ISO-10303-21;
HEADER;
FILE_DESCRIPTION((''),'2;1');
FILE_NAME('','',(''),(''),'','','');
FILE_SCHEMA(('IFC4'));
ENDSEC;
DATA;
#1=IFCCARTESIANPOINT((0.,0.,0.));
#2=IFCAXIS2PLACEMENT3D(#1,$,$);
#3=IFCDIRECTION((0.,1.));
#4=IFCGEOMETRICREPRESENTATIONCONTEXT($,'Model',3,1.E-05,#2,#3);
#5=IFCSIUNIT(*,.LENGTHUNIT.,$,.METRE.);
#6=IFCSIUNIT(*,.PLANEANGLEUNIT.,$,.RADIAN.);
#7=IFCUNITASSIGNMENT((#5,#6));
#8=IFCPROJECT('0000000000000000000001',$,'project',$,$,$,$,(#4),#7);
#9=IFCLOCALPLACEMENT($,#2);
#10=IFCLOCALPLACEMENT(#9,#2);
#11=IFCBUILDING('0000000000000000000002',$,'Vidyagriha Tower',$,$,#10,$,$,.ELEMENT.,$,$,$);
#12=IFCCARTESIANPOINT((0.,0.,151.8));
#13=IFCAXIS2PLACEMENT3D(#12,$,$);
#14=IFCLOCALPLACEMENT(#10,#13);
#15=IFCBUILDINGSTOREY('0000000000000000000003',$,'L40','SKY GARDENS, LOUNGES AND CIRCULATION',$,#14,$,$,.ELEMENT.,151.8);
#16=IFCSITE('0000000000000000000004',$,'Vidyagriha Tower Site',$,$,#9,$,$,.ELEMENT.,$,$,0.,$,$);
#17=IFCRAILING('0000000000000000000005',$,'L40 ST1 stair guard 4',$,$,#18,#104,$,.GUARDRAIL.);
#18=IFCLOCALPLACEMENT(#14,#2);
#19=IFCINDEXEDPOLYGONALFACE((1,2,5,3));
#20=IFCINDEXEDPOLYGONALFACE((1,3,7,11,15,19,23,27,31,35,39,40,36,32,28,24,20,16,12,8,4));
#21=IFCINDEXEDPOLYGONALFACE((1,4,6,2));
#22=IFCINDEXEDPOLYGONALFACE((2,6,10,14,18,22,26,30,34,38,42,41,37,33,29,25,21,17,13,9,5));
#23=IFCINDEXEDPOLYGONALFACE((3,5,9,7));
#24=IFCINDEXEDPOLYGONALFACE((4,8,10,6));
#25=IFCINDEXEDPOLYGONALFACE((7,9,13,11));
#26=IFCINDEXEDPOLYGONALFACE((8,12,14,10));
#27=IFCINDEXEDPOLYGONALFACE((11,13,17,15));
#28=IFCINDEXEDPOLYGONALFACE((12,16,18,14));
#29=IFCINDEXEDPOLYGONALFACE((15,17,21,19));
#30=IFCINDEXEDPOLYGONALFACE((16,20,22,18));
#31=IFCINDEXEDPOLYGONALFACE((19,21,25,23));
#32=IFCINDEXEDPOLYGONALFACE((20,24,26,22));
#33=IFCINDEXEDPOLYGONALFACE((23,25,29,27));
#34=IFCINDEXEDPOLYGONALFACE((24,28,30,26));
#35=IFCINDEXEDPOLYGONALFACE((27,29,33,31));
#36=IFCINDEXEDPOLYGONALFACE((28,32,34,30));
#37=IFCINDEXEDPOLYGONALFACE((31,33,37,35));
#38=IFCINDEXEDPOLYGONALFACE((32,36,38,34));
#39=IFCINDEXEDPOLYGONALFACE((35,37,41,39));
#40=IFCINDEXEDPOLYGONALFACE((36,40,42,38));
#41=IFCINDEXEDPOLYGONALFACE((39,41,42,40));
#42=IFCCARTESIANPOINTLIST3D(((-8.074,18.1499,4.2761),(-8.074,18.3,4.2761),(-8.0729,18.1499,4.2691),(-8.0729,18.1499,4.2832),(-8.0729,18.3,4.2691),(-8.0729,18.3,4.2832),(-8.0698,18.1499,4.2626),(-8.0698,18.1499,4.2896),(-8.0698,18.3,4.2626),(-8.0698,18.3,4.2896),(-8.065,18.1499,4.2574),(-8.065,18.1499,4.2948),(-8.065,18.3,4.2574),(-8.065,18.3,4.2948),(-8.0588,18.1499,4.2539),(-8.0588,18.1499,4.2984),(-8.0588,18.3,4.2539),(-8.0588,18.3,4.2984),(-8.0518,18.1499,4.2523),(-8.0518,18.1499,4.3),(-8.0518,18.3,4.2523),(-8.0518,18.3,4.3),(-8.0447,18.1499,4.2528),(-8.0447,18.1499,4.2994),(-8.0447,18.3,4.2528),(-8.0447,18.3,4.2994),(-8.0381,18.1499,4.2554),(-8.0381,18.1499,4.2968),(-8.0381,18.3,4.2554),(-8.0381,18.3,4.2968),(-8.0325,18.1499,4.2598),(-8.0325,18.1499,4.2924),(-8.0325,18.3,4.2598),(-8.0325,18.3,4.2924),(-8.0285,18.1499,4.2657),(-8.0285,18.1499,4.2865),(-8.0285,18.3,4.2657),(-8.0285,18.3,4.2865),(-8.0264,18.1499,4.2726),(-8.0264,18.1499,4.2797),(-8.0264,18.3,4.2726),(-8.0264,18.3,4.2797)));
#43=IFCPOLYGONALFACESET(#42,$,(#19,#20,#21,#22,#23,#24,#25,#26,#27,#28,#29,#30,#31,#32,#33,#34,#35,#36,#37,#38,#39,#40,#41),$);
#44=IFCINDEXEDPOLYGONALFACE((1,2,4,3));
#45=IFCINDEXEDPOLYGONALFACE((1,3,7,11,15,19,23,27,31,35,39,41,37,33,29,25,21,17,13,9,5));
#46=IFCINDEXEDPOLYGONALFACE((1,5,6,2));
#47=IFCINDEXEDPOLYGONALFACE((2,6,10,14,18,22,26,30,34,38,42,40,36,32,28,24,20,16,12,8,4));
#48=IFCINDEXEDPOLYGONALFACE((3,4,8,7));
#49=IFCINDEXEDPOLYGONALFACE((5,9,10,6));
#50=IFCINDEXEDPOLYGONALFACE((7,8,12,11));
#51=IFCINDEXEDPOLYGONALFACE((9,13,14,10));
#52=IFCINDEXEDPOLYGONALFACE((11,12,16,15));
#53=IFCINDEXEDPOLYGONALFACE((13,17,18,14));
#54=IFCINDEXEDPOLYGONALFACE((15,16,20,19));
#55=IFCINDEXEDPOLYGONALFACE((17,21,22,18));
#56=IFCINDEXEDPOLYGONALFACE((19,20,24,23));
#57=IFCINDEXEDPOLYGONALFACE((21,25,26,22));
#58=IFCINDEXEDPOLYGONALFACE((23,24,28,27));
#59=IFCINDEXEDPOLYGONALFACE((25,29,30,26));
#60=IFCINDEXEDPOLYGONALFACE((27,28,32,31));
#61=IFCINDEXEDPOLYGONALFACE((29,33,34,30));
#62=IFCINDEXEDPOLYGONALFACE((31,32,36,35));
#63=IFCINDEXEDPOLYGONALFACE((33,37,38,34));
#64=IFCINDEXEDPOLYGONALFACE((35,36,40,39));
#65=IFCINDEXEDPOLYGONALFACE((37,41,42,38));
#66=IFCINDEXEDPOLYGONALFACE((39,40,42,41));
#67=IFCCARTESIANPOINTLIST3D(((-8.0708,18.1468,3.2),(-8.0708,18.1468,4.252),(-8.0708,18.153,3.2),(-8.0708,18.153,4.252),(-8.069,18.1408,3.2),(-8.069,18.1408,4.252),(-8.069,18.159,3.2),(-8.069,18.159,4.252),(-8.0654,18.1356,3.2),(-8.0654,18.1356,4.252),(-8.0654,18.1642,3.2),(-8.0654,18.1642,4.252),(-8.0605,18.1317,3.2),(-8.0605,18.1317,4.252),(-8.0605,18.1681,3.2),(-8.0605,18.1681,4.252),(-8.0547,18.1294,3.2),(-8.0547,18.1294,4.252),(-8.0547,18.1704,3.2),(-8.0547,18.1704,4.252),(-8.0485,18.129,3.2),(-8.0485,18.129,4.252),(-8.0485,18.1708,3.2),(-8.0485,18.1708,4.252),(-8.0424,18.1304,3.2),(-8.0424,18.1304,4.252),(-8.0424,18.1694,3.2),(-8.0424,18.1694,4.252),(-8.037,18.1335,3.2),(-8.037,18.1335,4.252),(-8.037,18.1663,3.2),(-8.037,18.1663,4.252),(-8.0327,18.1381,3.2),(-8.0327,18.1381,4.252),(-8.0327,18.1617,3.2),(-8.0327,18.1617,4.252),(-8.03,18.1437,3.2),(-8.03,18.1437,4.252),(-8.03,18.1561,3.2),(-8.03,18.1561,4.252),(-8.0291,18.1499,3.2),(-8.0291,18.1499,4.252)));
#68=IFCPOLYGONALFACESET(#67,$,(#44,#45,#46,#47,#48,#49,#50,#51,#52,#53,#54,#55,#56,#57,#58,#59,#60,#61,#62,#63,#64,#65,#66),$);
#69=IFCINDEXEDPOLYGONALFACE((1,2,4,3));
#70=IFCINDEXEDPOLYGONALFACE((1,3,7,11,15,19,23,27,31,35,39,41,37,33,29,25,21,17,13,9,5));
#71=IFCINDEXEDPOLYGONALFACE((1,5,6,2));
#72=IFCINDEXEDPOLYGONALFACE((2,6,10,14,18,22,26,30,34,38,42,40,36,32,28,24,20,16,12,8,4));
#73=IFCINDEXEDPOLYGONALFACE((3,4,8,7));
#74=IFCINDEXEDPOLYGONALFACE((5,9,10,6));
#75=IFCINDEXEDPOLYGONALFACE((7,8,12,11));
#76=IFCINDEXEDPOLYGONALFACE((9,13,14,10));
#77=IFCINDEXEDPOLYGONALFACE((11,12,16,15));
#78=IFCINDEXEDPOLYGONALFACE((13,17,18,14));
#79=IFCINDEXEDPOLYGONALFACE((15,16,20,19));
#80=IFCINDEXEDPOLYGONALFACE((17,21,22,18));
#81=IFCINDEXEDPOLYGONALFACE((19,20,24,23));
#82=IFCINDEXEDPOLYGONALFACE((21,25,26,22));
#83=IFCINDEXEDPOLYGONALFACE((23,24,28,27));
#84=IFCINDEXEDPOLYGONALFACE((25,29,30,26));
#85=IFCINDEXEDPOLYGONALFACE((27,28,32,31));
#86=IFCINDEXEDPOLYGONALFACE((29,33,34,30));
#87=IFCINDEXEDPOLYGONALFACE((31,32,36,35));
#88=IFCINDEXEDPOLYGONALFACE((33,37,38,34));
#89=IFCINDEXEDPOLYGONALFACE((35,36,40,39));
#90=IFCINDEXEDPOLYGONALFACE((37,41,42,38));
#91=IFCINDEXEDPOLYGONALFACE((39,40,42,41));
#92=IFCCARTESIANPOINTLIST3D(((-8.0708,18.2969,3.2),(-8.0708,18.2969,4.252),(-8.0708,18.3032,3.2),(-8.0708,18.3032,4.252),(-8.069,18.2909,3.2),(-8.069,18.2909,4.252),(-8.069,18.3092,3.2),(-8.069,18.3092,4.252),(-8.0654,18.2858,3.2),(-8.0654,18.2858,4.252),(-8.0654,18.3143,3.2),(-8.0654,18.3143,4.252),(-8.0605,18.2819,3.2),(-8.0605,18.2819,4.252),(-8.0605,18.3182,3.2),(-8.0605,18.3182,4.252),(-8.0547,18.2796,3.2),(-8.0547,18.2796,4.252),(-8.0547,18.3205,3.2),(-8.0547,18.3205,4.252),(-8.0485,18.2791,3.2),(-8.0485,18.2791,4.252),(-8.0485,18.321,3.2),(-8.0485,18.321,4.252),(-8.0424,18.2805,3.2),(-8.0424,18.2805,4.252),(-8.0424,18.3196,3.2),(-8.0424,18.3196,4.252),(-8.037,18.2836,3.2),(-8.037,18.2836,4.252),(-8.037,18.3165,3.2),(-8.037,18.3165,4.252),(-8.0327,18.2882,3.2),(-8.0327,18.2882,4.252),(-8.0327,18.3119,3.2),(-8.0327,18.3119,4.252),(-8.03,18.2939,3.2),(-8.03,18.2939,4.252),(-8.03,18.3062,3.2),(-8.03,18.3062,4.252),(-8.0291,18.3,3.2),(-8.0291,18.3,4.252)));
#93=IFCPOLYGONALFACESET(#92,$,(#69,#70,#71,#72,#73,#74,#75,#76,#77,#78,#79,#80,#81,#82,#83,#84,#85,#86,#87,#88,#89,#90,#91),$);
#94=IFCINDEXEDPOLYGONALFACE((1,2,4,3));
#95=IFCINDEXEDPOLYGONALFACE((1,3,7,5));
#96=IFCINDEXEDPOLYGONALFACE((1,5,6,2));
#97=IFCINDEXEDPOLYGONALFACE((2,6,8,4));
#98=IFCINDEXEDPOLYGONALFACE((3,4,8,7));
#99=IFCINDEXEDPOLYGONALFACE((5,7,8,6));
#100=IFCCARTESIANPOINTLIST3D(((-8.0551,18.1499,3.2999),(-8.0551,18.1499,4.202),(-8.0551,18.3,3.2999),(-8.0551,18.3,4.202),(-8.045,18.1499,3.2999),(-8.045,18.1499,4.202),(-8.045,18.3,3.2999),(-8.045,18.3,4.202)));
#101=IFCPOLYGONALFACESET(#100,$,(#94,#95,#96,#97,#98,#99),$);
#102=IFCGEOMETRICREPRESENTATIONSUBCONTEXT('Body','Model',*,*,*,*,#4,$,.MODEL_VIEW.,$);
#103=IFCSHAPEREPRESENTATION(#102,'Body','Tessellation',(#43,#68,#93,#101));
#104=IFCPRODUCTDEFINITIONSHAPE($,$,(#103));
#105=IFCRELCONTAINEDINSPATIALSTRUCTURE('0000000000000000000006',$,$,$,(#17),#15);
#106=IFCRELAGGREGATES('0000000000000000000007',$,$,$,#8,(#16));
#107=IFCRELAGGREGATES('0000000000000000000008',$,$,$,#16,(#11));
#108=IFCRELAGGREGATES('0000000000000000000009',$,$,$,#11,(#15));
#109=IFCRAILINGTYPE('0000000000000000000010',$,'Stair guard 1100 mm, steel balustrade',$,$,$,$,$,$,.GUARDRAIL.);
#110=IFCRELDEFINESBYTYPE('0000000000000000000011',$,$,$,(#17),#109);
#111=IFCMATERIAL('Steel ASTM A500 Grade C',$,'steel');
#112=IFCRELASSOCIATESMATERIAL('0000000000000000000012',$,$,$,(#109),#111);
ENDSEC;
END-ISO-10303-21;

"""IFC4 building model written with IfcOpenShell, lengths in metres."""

from ifc_helpers import new_model, si_unit, direction, frame, origin, origin_2d, place, context, subcontext, project, spatial, rectangle, circle, extrude, material, type_object, element, save


model = new_model("IFC4")

# Units and contexts
model_context = context("Model", 3, precision=1e-05, world=origin(), true_north=direction((0.0, 1.0)))
body_context = subcontext(model_context, "Body", "Model", "MODEL_VIEW")
ifc_project = project(units=[si_unit("LENGTHUNIT", "METRE"), si_unit("PLANEANGLEUNIT", "RADIAN")], contexts=[model_context])

# Site, building, storey
site_placement = place(None, origin())
site = spatial("IfcSite", under=ifc_project, at=site_placement, Name="Vidyagriha Tower Site", CompositionType="ELEMENT", RefElevation=0.0)
building_placement = place(site_placement, origin())
building = spatial("IfcBuilding", under=site, at=building_placement, Name="Vidyagriha Tower", CompositionType="ELEMENT")
storey_placement = place(building_placement, frame((0.0, 0.0, 151.8)))
storey = spatial("IfcBuildingStorey", under=building, at=storey_placement, Name="L40", Description="SKY GARDENS, LOUNGES AND CIRCULATION", CompositionType="ELEMENT", Elevation=151.8)

# Railing
ifc_material_1 = material(Name="Steel ASTM A500 Grade C", Category="steel")
railing_type_1 = type_object("IfcRailingType", Name="Stair guard 1100 mm, steel balustrade", PredefinedType="GUARDRAIL", material=ifc_material_1)
railing_1_placement = place(storey_placement, frame((-8.05, 18.1499, 3.2)))
element("IfcRailing", 1, at=railing_1_placement, inside=storey, type_object=railing_type_1, Name="L40 ST1 stair guard 4", PredefinedType="GUARDRAIL", context=body_context, shape_type="SweptSolid", body=[
    extrude(circle(Radius=0.0239, at=origin_2d()), frame((0.0, 0.0, 1.0762), z_axis=(0.0, 1.0, 0.0), x_axis=(-1.0, 0.0, 0.0)), (0.0, 0.0, 1.0), 0.1501),
    extrude(circle(Radius=0.021, at=origin_2d()), origin(), (0.0, 0.0, 1.0), 1.052),
    extrude(circle(Radius=0.021, at=origin_2d()), frame((0.0, 0.1501, 0.0)), (0.0, 0.0, 1.0), 1.052),
    extrude(rectangle(XDim=0.01, YDim=0.9021, at=origin_2d()), frame((0.0, 0.0, 0.551), z_axis=(0.0, 1.0, 0.0), x_axis=(-1.0, 0.0, 0.0)), (0.0, 0.0, 1.0), 0.1501),
])

save(model, "model.ifc")
